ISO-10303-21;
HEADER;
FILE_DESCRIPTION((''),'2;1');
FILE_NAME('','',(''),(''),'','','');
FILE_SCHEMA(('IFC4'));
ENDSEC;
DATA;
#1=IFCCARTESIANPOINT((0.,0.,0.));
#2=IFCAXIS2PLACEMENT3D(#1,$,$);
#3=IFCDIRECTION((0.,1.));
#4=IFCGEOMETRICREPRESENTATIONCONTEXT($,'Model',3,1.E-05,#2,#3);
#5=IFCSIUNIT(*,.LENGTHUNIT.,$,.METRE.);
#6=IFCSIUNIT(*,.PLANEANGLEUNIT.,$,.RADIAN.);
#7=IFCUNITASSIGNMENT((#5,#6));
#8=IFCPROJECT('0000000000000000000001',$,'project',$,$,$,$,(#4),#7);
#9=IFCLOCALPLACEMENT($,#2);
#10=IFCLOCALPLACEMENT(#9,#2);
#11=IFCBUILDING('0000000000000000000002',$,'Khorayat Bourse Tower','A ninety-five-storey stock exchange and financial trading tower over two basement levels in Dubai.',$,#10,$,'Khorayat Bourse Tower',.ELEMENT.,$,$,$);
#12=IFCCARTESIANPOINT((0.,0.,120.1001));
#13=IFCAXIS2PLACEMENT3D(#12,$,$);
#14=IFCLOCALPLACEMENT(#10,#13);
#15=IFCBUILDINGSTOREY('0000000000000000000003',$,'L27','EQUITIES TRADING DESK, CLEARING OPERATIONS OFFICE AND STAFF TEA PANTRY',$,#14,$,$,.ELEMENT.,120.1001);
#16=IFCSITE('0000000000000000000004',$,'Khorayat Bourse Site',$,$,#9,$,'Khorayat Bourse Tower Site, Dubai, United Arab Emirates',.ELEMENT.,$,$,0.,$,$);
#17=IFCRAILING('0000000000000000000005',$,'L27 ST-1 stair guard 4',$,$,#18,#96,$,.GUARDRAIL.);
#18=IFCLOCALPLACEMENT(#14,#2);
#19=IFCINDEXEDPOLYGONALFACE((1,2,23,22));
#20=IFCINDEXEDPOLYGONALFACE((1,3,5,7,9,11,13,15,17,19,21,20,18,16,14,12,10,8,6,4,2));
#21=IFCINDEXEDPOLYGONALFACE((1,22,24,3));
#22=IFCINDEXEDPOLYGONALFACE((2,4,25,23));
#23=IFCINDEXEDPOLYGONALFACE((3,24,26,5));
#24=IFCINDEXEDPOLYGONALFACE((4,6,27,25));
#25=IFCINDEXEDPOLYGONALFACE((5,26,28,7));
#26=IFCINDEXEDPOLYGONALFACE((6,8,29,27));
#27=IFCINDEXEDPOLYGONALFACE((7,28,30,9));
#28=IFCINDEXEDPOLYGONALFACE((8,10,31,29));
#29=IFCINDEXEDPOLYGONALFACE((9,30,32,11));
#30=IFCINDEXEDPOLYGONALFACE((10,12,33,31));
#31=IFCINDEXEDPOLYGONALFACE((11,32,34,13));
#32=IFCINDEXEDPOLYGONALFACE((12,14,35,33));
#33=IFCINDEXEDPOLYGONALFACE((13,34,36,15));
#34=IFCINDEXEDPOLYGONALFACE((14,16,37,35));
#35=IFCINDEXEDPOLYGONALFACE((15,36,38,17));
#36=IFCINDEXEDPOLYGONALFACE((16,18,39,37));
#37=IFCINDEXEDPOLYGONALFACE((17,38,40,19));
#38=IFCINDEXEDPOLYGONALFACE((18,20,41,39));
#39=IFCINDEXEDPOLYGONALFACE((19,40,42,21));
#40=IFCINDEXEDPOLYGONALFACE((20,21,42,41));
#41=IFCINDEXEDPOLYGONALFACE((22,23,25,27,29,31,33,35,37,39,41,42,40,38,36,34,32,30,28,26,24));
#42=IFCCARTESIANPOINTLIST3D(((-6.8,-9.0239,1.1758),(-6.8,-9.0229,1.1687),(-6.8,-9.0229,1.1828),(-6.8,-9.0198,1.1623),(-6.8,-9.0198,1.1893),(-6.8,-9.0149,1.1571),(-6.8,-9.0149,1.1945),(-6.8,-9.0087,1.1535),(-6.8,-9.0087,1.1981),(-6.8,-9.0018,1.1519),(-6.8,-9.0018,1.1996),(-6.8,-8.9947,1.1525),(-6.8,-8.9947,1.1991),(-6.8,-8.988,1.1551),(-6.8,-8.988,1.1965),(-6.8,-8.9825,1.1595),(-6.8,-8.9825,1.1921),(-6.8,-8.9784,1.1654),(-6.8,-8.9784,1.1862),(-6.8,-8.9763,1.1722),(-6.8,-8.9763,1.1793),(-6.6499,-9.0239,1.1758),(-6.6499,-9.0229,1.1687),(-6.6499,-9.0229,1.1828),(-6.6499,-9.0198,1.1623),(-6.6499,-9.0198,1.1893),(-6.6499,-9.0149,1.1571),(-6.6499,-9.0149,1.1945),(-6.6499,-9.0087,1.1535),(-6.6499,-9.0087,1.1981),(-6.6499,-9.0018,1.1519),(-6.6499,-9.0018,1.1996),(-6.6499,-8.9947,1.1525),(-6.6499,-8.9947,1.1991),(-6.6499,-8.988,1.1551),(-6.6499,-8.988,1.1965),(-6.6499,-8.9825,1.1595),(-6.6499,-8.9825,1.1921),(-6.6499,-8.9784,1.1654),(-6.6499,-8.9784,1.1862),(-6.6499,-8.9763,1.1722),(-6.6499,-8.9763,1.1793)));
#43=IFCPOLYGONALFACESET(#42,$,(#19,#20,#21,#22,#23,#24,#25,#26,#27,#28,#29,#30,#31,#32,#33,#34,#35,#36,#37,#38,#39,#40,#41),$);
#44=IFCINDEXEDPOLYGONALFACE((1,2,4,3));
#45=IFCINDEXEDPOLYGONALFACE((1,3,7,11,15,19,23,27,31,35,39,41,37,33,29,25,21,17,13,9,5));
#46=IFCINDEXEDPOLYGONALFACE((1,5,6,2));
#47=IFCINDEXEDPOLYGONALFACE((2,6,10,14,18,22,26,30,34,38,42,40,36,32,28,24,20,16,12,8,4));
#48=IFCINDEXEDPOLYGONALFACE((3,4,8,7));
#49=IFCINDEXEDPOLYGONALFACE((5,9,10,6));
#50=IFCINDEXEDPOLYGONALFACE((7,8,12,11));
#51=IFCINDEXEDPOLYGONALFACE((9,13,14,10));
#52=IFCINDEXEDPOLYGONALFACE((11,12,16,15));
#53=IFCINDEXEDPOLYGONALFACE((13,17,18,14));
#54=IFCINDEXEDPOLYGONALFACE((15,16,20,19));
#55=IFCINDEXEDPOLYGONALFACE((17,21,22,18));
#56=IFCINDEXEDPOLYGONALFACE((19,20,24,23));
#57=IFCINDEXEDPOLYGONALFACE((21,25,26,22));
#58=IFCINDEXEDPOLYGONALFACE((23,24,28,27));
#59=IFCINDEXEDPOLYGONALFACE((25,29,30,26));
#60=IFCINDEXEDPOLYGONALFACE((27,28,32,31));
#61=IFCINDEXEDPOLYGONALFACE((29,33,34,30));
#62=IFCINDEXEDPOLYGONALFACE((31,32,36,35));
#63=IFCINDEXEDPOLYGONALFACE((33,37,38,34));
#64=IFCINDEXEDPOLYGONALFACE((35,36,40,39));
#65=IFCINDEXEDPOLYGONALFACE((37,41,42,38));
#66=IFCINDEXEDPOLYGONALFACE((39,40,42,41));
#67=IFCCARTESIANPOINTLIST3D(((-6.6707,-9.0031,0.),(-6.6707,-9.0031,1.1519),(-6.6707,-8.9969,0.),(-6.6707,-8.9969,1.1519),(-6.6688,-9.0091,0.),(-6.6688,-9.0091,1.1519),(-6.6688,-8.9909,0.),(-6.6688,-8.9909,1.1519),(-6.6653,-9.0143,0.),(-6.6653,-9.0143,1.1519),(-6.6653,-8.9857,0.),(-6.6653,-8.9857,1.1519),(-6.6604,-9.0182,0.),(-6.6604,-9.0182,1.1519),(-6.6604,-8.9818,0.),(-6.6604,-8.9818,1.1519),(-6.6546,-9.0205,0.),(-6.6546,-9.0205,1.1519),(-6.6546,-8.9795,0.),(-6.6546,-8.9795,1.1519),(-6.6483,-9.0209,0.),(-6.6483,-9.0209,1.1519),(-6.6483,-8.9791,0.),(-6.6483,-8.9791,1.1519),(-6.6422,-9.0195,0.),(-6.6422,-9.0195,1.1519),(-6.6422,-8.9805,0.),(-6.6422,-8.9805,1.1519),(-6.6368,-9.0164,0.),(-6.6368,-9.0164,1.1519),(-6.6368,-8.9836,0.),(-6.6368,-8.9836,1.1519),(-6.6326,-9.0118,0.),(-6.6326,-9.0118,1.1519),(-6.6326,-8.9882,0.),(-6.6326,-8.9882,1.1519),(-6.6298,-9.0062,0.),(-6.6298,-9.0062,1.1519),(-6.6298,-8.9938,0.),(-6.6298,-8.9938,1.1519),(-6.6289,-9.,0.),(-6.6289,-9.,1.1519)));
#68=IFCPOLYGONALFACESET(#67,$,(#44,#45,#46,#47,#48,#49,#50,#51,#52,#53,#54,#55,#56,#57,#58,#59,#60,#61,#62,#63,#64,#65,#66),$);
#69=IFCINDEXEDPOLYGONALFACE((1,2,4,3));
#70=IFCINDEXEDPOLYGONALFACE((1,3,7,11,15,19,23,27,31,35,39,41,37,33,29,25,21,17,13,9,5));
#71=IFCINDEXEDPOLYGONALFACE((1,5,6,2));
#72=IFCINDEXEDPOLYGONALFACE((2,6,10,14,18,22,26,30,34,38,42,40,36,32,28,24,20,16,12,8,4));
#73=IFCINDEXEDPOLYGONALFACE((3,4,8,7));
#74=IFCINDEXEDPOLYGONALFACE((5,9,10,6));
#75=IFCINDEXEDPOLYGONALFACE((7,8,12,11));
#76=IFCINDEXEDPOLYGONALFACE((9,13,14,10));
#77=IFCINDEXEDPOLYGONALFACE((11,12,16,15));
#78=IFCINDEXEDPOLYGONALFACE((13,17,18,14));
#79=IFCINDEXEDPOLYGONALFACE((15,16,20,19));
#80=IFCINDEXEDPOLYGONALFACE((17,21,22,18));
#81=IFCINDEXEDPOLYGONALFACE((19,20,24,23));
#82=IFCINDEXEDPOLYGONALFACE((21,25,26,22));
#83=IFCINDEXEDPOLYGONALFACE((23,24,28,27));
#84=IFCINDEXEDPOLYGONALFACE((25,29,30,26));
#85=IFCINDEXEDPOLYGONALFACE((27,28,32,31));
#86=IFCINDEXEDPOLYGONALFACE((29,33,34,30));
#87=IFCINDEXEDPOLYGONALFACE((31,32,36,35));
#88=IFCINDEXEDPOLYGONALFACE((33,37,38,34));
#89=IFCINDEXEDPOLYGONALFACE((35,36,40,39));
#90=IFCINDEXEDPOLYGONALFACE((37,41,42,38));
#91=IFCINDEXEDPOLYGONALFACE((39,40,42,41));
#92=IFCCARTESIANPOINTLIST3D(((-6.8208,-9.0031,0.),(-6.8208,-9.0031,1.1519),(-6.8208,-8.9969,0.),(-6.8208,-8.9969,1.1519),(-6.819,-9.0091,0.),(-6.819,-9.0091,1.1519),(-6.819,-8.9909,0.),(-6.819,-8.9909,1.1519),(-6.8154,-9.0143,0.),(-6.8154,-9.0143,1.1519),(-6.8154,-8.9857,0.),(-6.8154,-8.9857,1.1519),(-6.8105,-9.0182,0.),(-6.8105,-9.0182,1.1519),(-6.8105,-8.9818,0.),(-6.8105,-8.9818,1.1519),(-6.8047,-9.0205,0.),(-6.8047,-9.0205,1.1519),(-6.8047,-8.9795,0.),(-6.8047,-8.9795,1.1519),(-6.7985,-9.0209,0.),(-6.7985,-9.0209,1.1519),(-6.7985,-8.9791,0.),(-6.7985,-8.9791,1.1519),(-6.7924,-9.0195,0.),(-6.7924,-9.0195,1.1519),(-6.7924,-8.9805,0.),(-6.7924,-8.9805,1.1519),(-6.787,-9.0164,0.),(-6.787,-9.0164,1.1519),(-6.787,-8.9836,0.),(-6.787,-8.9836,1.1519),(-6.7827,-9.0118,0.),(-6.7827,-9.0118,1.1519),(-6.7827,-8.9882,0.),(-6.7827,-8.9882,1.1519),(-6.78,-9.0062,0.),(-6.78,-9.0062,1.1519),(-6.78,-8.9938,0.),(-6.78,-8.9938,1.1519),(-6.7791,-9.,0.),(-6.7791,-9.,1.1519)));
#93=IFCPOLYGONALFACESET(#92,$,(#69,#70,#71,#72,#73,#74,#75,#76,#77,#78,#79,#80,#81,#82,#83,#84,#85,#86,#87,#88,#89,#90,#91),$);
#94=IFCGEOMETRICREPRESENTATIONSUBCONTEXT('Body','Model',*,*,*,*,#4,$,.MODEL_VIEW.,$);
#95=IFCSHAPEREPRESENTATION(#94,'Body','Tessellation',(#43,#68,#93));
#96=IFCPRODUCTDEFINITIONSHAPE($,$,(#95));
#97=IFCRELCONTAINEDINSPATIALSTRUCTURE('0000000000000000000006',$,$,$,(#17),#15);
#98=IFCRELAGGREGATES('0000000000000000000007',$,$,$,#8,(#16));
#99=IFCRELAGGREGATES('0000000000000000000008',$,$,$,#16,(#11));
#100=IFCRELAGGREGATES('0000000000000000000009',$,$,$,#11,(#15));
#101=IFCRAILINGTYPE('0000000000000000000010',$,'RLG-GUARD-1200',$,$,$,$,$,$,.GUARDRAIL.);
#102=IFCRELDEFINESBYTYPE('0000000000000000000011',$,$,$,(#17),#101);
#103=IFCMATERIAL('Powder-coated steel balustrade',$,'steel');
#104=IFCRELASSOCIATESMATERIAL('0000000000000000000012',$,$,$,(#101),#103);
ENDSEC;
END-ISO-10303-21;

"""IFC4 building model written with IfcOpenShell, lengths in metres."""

from ifc_helpers import new_model, si_unit, direction, frame, origin, origin_2d, place, context, subcontext, project, spatial, circle, extrude, source, transform, mapped, material, type_object, element, save


model = new_model("IFC4")

# Units and contexts
model_context = context("Model", 3, precision=1e-05, world=origin(), true_north=direction((0.0, 1.0)))
body_context = subcontext(model_context, "Body", "Model", "MODEL_VIEW")
ifc_project = project(units=[si_unit("LENGTHUNIT", "METRE"), si_unit("PLANEANGLEUNIT", "RADIAN")], contexts=[model_context])

# Site, building, storey
site_placement = place(None, origin())
site = spatial("IfcSite", under=ifc_project, at=site_placement, Name="Khorayat Bourse Site", LongName="Khorayat Bourse Tower Site, Dubai, United Arab Emirates", CompositionType="ELEMENT", RefElevation=0.0)
building_placement = place(site_placement, origin())
building = spatial("IfcBuilding", under=site, at=building_placement, Name="Khorayat Bourse Tower", Description="A ninety-five-storey stock exchange and financial trading tower over two basement levels in Dubai.", LongName="Khorayat Bourse Tower", CompositionType="ELEMENT")
storey_placement = place(building_placement, frame((0.0, 0.0, 120.1001)))
storey = spatial("IfcBuildingStorey", under=building, at=storey_placement, Name="L27", Description="EQUITIES TRADING DESK, CLEARING OPERATIONS OFFICE AND STAFF TEA PANTRY", CompositionType="ELEMENT", Elevation=120.1001)

# Railing
ifc_material_1 = material(Name="Powder-coated steel balustrade", Category="steel")
railing_type_1 = type_object("IfcRailingType", Name="RLG-GUARD-1200", PredefinedType="GUARDRAIL", material=ifc_material_1)
shared_shape_1 = source(origin(), body_context, "Body", "SweptSolid", [
    extrude(circle(Radius=0.0239, at=origin_2d()), frame((0.0, 0.0, 1.1758), z_axis=(-1.0, 0.0, 0.0), x_axis=(0.0, -1.0, 0.0)), (0.0, 0.0, 1.0), 0.1501),
    extrude(circle(Radius=0.021, at=origin_2d()), origin(), (0.0, 0.0, 1.0), 1.1519),
    extrude(circle(Radius=0.021, at=origin_2d()), frame((-0.1501, 0.0, 0.0)), (0.0, 0.0, 1.0), 1.1519),
])
for number, where, name in (
    (1, (-6.6499, -9.0, 0.0), "L27 ST-1 stair guard 4"),
):
    element("IfcRailing", number, at=place(storey_placement, frame(where)), inside=storey, type_object=railing_type_1, Name=name, PredefinedType="GUARDRAIL", context=body_context, shape_type="MappedRepresentation", body=[
        mapped(shared_shape_1, transform((0.0, 0.0, 0.0), scale=1.0)),
    ])

save(model, "model.ifc")
